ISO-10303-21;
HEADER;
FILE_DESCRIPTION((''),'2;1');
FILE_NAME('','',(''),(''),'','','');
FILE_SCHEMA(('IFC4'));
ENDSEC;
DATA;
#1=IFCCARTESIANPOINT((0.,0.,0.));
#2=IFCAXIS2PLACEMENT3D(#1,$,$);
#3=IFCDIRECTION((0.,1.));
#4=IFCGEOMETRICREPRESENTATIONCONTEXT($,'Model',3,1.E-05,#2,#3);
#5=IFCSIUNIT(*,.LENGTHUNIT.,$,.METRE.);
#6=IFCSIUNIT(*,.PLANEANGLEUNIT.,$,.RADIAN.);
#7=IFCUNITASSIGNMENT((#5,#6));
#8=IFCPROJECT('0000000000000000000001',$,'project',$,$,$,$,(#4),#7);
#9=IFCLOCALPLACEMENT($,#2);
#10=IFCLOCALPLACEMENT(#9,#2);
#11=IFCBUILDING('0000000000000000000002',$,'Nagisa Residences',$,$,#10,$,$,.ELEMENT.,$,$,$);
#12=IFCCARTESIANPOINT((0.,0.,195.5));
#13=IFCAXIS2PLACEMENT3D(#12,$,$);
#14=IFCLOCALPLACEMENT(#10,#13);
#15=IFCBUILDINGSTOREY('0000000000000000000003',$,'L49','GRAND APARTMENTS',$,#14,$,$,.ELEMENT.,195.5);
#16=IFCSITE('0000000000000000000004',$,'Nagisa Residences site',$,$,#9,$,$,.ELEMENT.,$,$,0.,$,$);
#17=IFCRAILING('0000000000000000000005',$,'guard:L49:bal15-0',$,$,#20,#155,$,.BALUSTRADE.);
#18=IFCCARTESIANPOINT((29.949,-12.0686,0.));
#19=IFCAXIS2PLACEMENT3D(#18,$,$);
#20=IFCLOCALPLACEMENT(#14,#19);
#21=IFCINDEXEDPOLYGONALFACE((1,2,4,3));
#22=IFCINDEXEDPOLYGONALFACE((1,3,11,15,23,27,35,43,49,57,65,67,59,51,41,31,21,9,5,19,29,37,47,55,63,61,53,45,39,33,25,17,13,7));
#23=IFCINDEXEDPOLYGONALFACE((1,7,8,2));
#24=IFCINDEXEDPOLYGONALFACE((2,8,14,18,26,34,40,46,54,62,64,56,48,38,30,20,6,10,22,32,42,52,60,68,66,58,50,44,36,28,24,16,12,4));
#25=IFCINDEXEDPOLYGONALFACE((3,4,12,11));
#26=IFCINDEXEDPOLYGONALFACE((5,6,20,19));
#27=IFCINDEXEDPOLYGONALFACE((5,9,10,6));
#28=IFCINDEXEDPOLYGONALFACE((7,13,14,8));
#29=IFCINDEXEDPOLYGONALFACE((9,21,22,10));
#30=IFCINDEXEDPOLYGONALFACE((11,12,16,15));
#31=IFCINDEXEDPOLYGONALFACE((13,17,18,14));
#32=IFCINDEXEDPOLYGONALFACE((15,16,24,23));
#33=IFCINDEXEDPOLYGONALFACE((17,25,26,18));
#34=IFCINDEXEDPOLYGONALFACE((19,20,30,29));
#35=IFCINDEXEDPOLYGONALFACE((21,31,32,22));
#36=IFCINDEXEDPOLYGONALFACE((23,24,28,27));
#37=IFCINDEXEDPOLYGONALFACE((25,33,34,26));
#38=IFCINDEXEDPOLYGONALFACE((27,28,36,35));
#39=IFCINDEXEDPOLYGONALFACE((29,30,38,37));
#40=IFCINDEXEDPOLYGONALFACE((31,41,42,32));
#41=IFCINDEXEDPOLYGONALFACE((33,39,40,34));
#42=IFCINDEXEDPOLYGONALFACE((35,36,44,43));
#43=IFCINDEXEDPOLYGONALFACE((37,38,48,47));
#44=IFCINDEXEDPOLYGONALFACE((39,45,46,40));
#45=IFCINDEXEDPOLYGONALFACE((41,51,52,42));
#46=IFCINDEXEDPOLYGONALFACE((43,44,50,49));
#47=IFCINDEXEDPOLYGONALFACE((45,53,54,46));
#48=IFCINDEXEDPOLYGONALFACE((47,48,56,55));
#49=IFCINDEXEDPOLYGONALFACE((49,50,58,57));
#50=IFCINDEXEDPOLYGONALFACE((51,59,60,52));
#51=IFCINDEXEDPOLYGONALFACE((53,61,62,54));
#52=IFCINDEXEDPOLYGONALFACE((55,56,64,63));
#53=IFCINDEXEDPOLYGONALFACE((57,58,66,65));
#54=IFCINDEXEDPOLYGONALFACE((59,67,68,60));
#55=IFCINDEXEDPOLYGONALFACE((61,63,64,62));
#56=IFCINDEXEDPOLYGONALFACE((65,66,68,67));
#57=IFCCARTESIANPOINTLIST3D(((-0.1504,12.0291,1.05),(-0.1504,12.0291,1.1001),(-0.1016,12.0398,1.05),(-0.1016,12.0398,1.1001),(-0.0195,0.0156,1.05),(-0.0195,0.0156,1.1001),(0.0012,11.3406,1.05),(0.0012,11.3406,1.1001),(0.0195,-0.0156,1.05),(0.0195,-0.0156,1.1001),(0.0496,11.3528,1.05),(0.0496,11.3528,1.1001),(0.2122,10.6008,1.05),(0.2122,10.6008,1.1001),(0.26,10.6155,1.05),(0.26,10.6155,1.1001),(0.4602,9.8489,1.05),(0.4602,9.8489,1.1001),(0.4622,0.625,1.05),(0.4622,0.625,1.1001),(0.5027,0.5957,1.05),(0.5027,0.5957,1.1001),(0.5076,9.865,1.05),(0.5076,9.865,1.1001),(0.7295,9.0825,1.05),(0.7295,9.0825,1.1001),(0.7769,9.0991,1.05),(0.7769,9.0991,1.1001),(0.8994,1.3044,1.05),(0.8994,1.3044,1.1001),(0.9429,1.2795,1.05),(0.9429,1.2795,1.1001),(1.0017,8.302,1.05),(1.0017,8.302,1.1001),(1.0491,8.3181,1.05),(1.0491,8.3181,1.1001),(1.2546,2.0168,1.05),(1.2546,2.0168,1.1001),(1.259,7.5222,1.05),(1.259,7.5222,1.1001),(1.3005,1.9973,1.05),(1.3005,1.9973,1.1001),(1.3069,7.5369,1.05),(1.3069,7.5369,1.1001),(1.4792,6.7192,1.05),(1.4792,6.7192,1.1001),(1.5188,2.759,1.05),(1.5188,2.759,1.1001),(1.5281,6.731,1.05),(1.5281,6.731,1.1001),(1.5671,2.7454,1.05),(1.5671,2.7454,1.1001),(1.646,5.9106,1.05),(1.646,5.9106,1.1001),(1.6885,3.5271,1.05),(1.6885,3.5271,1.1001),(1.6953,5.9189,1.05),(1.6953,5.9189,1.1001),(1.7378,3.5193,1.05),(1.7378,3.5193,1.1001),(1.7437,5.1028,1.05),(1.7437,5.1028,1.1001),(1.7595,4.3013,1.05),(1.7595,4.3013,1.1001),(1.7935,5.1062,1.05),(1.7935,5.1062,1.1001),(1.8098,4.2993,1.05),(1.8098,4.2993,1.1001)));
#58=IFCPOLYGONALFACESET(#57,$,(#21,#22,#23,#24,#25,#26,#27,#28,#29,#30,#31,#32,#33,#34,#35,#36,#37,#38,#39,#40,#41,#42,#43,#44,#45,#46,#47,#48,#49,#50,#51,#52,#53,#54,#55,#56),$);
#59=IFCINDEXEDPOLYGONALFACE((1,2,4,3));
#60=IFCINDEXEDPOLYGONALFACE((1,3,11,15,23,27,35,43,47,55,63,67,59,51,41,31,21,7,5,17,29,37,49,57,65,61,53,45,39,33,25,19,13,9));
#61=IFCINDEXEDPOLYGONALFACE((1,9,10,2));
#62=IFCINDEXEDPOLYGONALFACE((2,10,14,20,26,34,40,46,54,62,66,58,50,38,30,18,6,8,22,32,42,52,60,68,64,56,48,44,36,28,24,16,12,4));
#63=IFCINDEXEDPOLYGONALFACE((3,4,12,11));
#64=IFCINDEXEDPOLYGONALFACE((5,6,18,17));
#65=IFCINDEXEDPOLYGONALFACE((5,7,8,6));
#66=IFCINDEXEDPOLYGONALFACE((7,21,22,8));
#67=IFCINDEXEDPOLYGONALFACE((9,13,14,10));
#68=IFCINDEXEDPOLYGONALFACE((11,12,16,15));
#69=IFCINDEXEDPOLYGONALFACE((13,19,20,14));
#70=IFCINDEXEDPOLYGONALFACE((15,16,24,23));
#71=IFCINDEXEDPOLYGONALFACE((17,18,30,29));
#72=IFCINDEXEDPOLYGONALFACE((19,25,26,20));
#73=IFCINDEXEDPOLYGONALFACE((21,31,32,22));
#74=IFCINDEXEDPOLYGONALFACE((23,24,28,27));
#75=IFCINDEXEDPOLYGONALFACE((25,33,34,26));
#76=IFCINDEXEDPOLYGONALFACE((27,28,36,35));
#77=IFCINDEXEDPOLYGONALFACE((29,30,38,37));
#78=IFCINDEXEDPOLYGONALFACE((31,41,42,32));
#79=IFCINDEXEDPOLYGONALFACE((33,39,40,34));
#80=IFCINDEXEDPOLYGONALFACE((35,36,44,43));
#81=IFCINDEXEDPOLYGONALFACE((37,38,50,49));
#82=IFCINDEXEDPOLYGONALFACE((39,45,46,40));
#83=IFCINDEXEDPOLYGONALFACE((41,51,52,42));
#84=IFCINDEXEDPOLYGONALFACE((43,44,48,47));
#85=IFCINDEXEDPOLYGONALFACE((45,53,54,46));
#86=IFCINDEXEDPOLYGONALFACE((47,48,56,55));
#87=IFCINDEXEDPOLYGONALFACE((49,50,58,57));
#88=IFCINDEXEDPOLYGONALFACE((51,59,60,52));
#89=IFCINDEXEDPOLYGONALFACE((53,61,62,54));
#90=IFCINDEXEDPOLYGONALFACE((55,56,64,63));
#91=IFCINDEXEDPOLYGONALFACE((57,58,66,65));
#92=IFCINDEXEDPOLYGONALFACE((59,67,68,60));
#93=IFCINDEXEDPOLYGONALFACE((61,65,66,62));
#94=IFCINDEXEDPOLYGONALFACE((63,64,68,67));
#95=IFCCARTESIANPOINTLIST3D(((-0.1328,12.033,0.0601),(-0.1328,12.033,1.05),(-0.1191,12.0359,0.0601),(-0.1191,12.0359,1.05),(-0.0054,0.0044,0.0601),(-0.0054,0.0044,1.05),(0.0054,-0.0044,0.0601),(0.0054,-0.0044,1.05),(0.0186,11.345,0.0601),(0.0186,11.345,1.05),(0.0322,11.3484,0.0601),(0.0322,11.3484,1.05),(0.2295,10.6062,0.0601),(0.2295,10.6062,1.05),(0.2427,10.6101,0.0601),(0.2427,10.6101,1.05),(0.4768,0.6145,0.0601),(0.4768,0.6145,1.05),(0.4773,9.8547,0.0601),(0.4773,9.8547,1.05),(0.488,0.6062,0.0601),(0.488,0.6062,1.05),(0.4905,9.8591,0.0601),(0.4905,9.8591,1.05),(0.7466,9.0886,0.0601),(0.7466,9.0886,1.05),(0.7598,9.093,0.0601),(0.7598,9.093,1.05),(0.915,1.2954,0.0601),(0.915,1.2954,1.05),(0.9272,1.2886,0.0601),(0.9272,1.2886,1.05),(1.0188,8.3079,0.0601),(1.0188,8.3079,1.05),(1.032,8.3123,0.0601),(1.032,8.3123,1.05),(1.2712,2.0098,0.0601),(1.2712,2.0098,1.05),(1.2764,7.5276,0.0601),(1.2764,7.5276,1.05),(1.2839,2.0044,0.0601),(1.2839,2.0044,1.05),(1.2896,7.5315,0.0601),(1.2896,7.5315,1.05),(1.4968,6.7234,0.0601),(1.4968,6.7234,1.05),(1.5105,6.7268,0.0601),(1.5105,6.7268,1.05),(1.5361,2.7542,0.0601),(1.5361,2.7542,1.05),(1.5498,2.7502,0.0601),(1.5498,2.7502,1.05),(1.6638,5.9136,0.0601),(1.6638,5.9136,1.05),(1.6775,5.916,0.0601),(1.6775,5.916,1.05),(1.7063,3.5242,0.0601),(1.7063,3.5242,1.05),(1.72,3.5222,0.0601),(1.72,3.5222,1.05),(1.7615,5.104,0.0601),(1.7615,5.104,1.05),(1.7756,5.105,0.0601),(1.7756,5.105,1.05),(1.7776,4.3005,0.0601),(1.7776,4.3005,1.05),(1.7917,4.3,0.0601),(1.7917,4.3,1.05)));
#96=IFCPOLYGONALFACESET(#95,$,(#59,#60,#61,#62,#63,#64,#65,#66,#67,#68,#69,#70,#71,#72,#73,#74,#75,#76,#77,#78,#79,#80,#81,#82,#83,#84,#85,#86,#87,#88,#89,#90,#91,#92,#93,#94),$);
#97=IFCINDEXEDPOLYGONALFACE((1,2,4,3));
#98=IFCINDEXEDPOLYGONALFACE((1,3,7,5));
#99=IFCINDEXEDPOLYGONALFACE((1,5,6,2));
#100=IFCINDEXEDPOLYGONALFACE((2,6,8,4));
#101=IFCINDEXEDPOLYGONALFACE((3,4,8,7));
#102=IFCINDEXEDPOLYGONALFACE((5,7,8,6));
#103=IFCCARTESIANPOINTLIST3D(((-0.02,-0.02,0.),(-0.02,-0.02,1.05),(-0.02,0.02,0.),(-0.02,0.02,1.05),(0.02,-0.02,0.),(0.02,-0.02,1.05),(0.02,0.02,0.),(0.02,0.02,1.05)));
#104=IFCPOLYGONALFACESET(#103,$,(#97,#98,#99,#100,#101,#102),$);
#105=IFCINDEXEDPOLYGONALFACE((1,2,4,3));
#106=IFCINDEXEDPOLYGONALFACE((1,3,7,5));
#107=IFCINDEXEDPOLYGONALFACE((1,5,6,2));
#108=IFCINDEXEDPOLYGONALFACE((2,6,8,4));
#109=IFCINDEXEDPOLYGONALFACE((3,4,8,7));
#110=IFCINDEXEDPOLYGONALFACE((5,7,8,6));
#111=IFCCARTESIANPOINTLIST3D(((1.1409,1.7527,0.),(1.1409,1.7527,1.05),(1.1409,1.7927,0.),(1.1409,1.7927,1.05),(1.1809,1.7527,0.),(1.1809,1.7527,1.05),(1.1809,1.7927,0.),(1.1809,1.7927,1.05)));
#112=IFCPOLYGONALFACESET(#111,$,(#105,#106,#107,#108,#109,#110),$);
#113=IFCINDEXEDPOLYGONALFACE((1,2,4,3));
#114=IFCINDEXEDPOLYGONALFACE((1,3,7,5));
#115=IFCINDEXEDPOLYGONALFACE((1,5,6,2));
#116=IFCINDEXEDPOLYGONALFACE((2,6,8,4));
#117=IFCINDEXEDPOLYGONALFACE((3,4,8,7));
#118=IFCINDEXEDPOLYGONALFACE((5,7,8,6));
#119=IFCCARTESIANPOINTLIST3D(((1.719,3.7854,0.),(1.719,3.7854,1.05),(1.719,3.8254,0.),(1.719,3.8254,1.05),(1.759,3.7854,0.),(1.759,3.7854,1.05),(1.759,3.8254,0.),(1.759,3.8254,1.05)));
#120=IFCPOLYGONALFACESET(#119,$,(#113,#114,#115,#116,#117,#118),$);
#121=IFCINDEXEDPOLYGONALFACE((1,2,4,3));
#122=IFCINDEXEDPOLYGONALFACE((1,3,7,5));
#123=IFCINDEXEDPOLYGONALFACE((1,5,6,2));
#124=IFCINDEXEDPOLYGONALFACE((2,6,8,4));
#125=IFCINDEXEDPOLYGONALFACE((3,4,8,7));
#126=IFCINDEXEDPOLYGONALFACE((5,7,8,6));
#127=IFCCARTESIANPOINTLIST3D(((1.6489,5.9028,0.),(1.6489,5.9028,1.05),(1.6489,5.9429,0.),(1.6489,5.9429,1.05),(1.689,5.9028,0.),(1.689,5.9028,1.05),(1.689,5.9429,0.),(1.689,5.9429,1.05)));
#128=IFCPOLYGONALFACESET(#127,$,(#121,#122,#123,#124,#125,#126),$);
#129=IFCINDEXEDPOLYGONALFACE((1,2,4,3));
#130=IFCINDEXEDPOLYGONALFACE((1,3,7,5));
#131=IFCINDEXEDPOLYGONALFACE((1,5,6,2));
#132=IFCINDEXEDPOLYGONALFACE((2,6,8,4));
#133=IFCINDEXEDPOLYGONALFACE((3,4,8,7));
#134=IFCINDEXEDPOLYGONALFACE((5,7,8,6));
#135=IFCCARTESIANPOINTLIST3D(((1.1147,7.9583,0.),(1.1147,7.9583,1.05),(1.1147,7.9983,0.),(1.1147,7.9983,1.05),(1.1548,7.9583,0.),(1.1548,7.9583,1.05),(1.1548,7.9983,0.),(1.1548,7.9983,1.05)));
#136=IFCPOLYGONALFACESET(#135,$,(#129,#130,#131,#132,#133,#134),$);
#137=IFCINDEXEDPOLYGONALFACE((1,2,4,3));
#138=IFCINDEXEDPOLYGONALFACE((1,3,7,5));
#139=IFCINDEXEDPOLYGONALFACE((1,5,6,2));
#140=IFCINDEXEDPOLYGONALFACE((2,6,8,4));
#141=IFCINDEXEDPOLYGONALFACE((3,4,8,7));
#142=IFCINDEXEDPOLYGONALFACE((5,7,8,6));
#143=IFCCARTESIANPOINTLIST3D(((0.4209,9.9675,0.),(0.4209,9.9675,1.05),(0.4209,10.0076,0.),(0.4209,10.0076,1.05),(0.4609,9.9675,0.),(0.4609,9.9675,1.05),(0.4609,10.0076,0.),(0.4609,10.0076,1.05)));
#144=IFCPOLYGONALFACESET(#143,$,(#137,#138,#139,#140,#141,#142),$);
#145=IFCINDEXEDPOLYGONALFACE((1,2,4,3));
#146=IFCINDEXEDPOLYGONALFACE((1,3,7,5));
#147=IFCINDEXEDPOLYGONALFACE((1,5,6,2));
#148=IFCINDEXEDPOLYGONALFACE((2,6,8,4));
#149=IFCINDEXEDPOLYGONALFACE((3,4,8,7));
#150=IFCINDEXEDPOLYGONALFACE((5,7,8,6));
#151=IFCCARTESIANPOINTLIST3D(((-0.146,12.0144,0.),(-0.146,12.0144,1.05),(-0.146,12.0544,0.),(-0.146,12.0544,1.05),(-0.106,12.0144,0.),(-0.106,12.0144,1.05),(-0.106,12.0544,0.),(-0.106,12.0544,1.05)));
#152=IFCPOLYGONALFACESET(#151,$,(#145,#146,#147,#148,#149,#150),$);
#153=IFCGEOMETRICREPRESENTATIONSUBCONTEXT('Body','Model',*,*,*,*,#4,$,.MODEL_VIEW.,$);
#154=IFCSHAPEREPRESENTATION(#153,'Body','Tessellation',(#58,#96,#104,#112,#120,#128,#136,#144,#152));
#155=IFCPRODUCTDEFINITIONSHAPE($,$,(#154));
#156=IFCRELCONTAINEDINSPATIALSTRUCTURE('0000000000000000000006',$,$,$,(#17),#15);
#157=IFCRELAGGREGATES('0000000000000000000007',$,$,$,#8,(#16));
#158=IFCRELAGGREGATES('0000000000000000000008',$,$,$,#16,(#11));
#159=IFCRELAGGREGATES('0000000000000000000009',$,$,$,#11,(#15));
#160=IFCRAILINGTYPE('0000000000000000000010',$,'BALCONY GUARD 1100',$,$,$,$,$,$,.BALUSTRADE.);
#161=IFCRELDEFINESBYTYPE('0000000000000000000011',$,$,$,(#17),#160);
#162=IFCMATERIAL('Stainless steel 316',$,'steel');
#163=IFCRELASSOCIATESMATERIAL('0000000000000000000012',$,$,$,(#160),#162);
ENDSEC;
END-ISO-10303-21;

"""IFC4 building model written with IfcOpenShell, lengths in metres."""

from ifc_helpers import new_model, si_unit, direction, frame, origin, origin_2d, place, context, subcontext, project, spatial, polyline, rectangle, outline, extrude, material, type_object, element, save


model = new_model("IFC4")

# Units and contexts
model_context = context("Model", 3, precision=1e-05, world=origin(), true_north=direction((0.0, 1.0)))
body_context = subcontext(model_context, "Body", "Model", "MODEL_VIEW")
ifc_project = project(units=[si_unit("LENGTHUNIT", "METRE"), si_unit("PLANEANGLEUNIT", "RADIAN")], contexts=[model_context])

# Site, building, storey
site_placement = place(None, origin())
site = spatial("IfcSite", under=ifc_project, at=site_placement, Name="Nagisa Residences site", CompositionType="ELEMENT", RefElevation=0.0)
building_placement = place(site_placement, origin())
building = spatial("IfcBuilding", under=site, at=building_placement, Name="Nagisa Residences", CompositionType="ELEMENT")
storey_placement = place(building_placement, frame((0.0, 0.0, 195.5)))
storey = spatial("IfcBuildingStorey", under=building, at=storey_placement, Name="L49", Description="GRAND APARTMENTS", CompositionType="ELEMENT", Elevation=195.5)

# Railing
ifc_material_1 = material(Name="Stainless steel 316", Category="steel")
railing_type = type_object("IfcRailingType", Name="BALCONY GUARD 1100", PredefinedType="BALUSTRADE", material=ifc_material_1)
railing_placement = place(storey_placement, frame((29.949, -12.0686, 0.0)))
element("IfcRailing", 1, at=railing_placement, inside=storey, type_object=railing_type, Name="guard:L49:bal15-0", PredefinedType="BALUSTRADE", context=body_context, shape_type="SweptSolid", body=[
    extrude(outline(polyline([(0.4622, 0.625), (-0.0195, 0.0156), (0.0195, -0.0156), (0.5027, 0.5957), (0.9429, 1.2795), (1.3005, 1.9973), (1.5671, 2.7454), (1.7378, 3.5193), (1.8098, 4.2993), (1.7935, 5.1062), (1.6953, 5.9189), (1.5281, 6.731), (1.3069, 7.5369), (1.0491, 8.3181), (0.7769, 9.0991), (0.5076, 9.865), (0.26, 10.6155), (0.0496, 11.3528), (-0.1016, 12.0398), (-0.1504, 12.0291), (0.0012, 11.3406), (0.2122, 10.6008), (0.4602, 9.8489), (0.7295, 9.0825), (1.0017, 8.302), (1.259, 7.5222), (1.4792, 6.7192), (1.646, 5.9106), (1.7437, 5.1028), (1.7595, 4.3013), (1.6885, 3.5271), (1.5188, 2.759), (1.2546, 2.0168), (0.8994, 1.3044), (0.4622, 0.625)])), frame((0.0, 0.0, 1.05)), (0.0, 0.0, 1.0), 0.05),
    extrude(outline(polyline([(0.4768, 0.6145), (-0.0054, 0.0044), (0.0054, -0.0044), (0.488, 0.6062), (0.9272, 1.2886), (1.2839, 2.0044), (1.5498, 2.7502), (1.72, 3.5222), (1.7917, 4.3), (1.7756, 5.105), (1.6775, 5.916), (1.5105, 6.7268), (1.2896, 7.5315), (1.032, 8.3123), (0.7598, 9.093), (0.4905, 9.8591), (0.2427, 10.6101), (0.0322, 11.3484), (-0.1191, 12.0359), (-0.1328, 12.033), (0.0186, 11.345), (0.2295, 10.6062), (0.4773, 9.8547), (0.7466, 9.0886), (1.0188, 8.3079), (1.2764, 7.5276), (1.4968, 6.7234), (1.6638, 5.9136), (1.7615, 5.104), (1.7776, 4.3005), (1.7063, 3.5242), (1.5361, 2.7542), (1.2712, 2.0098), (0.915, 1.2954), (0.4768, 0.6145)])), frame((0.0, 0.0, 0.0601)), (0.0, 0.0, 1.0), 0.99),
    extrude(rectangle(XDim=0.04, YDim=0.04, at=origin_2d()), origin(), (0.0, 0.0, 1.0), 1.05),
    extrude(rectangle(XDim=0.04, YDim=0.04, at=origin_2d()), frame((1.1609, 1.7727, 0.0)), (0.0, 0.0, 1.0), 1.05),
    extrude(rectangle(XDim=0.04, YDim=0.04, at=origin_2d()), frame((1.739, 3.8054, 0.0)), (0.0, 0.0, 1.0), 1.05),
    extrude(rectangle(XDim=0.04, YDim=0.04, at=origin_2d()), frame((1.6689, 5.9229, 0.0)), (0.0, 0.0, 1.0), 1.05),
    extrude(rectangle(XDim=0.04, YDim=0.04, at=origin_2d()), frame((1.1348, 7.9783, 0.0)), (0.0, 0.0, 1.0), 1.05),
    extrude(rectangle(XDim=0.04, YDim=0.04, at=origin_2d()), frame((0.4409, 9.9875, 0.0)), (0.0, 0.0, 1.0), 1.05),
    extrude(rectangle(XDim=0.04, YDim=0.04, at=origin_2d()), frame((-0.126, 12.0344, 0.0)), (0.0, 0.0, 1.0), 1.05),
])

save(model, "model.ifc")
